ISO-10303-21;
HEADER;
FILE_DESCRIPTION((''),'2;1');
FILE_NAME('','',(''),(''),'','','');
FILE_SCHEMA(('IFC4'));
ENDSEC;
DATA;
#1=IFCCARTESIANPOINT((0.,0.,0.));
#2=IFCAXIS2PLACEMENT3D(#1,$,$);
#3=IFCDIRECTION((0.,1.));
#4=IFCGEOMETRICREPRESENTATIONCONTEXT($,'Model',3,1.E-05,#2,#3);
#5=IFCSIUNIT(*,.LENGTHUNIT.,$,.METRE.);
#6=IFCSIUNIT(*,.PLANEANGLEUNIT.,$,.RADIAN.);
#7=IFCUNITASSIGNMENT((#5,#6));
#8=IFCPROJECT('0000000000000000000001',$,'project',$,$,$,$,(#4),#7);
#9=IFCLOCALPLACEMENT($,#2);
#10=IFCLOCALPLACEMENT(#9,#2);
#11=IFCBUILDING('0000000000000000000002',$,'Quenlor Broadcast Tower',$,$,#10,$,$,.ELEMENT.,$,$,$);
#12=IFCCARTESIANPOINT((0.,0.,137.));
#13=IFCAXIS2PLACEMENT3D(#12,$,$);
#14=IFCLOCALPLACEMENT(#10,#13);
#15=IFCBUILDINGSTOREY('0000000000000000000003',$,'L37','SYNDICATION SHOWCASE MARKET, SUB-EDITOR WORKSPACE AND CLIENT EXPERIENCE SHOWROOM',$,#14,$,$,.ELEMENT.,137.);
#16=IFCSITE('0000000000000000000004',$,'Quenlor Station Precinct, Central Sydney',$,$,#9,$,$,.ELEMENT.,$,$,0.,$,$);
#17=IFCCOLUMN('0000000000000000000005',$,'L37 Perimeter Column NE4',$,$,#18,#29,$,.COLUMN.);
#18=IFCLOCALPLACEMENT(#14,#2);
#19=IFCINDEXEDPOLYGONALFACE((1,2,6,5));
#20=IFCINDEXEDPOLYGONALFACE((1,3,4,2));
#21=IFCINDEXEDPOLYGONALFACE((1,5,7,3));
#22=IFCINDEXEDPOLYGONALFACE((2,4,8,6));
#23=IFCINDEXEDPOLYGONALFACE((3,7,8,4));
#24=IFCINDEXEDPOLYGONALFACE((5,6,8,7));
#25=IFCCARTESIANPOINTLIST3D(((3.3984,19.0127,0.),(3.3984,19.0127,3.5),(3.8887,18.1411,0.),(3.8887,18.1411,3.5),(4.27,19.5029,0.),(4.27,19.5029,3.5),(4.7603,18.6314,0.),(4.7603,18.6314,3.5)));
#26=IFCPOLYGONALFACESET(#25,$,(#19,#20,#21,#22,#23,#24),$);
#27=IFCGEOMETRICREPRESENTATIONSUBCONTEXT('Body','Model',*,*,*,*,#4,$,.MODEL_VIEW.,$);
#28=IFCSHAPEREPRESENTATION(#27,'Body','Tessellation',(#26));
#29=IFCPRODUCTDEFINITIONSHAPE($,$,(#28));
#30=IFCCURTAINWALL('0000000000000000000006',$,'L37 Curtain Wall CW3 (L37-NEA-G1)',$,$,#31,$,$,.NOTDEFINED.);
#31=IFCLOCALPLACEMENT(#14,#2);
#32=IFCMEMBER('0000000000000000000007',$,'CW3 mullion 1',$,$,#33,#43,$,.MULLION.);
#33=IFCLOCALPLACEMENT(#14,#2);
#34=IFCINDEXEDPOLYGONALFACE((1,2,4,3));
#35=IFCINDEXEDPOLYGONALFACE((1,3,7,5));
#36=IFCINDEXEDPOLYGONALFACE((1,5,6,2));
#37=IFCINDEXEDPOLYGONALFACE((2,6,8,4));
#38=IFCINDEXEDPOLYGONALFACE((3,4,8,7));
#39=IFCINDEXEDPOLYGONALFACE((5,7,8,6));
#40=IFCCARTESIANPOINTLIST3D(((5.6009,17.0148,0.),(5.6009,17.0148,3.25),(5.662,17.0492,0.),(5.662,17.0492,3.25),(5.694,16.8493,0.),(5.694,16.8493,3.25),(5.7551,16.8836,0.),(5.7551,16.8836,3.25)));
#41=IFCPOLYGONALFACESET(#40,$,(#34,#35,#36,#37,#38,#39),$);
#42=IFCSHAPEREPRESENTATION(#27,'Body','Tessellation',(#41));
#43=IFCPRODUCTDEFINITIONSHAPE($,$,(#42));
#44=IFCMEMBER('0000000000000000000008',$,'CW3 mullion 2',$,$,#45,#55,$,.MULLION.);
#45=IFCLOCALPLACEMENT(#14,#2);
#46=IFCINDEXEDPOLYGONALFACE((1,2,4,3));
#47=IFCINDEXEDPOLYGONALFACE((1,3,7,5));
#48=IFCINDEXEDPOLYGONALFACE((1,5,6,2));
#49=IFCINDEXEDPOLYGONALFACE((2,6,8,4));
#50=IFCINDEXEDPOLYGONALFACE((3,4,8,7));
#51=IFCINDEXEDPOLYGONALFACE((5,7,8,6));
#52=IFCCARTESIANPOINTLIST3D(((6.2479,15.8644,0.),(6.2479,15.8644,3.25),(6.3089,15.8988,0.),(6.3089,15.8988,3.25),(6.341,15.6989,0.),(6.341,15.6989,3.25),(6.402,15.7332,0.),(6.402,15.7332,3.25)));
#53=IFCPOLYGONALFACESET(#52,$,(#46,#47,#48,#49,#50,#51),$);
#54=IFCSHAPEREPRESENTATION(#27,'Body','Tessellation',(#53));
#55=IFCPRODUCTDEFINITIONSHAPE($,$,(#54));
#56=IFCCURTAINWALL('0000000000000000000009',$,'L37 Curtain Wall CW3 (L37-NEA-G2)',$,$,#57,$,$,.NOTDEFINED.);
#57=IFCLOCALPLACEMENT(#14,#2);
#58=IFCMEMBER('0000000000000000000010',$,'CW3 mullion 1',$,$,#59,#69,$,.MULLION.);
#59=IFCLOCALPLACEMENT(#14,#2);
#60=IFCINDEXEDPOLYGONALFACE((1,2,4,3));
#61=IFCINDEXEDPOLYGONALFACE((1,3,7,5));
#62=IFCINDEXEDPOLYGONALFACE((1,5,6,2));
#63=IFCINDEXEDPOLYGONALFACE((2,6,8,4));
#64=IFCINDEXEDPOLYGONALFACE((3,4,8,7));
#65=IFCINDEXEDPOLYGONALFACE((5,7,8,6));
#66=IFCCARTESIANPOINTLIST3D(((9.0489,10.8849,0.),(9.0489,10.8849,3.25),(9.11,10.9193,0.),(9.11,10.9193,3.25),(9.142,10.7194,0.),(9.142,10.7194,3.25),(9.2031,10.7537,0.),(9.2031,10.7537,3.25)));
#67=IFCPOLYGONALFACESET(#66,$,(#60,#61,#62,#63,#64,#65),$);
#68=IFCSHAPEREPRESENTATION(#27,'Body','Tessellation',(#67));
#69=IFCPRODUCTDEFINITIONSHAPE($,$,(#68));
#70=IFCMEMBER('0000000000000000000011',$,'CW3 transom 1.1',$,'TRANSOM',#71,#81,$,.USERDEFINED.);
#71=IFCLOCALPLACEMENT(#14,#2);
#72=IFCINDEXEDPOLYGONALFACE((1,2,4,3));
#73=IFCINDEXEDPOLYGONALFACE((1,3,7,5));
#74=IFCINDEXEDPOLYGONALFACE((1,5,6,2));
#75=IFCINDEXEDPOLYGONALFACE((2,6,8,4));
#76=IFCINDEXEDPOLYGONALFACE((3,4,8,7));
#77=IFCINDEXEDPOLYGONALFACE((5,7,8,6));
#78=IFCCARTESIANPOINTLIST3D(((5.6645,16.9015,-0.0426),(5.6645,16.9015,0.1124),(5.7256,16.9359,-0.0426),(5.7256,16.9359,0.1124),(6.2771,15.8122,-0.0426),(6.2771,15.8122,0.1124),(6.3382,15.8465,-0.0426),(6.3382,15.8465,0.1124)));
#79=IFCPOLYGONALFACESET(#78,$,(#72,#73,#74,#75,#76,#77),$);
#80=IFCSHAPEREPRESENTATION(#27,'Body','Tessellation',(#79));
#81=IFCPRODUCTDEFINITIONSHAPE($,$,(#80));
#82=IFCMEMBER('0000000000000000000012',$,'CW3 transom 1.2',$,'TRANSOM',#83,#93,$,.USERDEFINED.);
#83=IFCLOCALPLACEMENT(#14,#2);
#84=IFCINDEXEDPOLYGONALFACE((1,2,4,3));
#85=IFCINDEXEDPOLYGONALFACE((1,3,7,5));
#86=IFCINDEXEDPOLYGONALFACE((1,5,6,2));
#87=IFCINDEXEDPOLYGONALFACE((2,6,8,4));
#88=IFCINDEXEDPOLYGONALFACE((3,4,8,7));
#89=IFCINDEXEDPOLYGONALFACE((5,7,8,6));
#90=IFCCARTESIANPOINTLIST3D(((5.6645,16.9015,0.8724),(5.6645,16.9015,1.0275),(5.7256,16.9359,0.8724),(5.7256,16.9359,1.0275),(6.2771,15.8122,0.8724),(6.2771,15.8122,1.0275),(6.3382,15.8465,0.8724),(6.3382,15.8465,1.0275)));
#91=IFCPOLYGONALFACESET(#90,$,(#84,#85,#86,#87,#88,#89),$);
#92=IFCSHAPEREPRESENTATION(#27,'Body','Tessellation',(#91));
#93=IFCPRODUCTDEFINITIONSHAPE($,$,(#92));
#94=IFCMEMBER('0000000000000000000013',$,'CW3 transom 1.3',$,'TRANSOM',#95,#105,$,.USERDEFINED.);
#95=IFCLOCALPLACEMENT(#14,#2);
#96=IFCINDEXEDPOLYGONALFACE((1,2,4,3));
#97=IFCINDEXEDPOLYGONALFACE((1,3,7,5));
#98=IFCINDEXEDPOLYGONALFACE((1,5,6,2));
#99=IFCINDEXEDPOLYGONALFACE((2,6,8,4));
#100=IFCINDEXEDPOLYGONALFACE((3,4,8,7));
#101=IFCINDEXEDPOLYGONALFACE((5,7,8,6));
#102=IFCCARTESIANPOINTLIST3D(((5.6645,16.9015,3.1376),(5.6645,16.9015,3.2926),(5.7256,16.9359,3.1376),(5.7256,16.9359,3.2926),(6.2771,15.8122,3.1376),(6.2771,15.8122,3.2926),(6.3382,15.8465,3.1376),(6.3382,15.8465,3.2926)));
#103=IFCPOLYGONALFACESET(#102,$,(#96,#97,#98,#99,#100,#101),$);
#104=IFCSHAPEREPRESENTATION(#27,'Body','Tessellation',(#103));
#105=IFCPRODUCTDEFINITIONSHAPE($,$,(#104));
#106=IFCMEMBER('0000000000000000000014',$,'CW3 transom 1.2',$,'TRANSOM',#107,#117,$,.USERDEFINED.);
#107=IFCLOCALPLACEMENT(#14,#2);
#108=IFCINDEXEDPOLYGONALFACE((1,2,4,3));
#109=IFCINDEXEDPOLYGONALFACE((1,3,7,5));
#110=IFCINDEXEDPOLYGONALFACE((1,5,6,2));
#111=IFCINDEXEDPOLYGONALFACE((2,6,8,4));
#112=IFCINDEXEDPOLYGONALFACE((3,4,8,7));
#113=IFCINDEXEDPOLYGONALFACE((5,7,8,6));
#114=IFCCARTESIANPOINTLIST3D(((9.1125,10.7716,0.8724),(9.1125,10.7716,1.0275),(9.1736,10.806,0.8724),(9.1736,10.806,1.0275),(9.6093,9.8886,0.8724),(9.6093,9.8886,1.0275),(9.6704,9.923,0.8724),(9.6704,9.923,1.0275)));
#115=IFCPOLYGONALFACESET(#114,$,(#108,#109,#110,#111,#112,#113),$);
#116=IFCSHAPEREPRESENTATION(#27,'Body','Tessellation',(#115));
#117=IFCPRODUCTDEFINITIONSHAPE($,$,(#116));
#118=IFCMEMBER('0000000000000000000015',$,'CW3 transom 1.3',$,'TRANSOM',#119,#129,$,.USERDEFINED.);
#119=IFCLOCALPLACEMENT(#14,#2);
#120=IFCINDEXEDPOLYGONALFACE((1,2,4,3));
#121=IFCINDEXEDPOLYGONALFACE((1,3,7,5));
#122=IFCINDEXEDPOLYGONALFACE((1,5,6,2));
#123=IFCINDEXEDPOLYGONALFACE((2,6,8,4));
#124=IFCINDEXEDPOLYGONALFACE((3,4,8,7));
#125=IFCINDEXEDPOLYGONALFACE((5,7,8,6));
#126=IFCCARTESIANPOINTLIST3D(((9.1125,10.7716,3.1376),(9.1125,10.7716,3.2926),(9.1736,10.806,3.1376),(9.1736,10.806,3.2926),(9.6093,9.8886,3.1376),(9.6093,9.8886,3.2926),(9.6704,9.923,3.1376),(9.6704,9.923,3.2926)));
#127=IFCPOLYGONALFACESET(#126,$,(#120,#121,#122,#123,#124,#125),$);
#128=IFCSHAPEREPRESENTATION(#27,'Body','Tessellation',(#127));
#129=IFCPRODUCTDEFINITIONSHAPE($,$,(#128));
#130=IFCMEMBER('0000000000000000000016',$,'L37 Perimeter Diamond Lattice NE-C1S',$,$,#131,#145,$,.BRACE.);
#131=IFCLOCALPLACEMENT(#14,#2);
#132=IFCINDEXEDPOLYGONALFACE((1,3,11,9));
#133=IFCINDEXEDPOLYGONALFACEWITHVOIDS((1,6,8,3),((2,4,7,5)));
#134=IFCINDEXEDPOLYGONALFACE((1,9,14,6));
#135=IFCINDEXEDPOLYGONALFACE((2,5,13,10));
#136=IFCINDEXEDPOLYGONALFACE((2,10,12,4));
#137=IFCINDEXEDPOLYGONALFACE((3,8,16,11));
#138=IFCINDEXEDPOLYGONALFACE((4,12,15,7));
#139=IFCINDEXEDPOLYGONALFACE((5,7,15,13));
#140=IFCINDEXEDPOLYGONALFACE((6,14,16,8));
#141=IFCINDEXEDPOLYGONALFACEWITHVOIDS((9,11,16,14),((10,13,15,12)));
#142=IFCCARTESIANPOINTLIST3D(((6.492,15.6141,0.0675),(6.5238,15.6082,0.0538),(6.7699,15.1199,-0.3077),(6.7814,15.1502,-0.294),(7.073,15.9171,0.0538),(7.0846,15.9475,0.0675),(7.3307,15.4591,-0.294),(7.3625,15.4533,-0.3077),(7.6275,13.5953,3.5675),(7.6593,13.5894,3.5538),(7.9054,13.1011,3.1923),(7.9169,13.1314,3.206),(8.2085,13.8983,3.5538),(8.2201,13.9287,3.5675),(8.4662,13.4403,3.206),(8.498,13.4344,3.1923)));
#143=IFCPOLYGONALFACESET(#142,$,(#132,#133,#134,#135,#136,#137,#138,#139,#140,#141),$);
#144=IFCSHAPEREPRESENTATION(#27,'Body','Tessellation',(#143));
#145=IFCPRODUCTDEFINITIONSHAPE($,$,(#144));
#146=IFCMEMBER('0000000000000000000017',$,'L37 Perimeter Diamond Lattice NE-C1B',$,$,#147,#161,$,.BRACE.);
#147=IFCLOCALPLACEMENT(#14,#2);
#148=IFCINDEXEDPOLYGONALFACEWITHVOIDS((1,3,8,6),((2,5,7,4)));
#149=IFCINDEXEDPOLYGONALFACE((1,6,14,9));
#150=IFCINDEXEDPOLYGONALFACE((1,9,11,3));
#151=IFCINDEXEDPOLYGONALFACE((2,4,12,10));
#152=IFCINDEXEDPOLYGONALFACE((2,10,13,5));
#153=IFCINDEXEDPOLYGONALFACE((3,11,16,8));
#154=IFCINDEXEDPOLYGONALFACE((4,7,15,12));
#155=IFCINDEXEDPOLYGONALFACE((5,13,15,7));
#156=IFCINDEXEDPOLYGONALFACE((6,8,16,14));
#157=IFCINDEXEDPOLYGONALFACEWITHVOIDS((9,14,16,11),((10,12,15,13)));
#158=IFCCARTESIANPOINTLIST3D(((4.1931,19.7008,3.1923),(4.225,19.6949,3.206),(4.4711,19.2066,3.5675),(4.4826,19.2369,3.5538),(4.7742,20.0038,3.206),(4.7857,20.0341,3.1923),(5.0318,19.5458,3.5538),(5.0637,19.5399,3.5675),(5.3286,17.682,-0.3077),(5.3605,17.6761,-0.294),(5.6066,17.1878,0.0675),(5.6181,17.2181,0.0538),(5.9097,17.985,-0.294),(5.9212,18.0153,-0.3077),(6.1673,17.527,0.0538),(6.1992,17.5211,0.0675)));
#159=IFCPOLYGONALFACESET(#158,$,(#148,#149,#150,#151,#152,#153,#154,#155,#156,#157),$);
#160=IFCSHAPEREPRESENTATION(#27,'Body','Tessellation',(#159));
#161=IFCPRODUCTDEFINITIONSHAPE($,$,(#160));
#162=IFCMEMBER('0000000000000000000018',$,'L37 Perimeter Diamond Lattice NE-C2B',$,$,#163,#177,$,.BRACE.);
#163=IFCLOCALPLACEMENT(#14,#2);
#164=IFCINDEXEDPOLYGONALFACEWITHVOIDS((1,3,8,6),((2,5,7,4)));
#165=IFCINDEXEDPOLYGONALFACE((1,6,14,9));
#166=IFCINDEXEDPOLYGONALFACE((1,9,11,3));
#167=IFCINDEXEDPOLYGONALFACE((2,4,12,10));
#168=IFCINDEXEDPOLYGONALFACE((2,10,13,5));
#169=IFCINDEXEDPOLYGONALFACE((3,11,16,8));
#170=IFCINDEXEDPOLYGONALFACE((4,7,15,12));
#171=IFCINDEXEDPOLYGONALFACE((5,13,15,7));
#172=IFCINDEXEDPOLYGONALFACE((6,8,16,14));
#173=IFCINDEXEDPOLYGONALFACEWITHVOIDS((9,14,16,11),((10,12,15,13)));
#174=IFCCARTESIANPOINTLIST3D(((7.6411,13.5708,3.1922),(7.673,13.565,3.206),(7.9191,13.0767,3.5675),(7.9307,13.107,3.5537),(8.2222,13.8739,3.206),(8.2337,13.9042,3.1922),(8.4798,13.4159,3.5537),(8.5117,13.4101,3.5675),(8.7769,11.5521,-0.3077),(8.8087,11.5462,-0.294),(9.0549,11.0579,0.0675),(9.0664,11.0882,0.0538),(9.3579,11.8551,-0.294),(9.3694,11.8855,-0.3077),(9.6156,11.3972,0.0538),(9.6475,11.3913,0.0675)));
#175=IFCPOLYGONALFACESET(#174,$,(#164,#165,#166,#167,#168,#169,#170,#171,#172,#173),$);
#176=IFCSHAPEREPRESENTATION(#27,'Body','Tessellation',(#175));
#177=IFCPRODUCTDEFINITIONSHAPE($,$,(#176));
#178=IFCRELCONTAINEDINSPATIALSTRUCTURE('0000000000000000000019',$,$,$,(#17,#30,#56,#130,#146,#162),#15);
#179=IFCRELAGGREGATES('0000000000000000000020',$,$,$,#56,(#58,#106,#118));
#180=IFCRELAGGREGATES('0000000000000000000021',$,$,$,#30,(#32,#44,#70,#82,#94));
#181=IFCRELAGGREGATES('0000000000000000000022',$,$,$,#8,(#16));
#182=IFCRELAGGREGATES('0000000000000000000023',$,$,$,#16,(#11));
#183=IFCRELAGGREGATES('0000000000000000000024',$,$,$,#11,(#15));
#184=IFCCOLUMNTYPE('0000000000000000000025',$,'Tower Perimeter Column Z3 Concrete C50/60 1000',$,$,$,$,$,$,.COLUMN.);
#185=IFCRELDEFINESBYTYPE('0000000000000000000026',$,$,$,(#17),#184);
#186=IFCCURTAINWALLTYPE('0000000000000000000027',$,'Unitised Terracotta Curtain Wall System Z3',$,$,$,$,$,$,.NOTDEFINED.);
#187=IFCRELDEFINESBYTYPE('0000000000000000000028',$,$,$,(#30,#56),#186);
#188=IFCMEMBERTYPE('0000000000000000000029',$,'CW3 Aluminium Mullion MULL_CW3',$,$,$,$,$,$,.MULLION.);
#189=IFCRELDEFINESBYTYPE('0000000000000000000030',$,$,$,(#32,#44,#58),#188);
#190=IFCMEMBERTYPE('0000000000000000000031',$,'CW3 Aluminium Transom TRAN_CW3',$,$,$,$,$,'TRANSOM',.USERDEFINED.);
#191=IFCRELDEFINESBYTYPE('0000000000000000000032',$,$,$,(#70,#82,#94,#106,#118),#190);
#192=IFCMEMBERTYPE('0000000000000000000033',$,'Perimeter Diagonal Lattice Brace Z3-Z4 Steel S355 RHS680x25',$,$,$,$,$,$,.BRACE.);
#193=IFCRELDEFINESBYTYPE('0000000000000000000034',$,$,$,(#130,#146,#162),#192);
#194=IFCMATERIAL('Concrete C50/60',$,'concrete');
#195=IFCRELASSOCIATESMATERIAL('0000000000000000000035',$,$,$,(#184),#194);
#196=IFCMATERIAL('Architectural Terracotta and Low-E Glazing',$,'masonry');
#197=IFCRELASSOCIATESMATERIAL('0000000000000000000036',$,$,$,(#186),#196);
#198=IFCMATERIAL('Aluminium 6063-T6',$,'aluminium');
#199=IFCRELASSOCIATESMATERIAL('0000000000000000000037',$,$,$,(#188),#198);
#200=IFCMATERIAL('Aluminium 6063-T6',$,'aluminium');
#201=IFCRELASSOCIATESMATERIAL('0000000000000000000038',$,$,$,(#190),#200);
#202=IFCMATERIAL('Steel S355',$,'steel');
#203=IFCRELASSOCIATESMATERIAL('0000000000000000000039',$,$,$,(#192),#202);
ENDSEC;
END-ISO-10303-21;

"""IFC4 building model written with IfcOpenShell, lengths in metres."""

from ifc_helpers import new_model, si_unit, direction, frame, origin, origin_2d, place, context, subcontext, project, spatial, rectangle, hollow_rectangle, extrude, material, material_profile, profile_set, type_object, element, aggregate, save


model = new_model("IFC4")

# Units and contexts
model_context = context("Model", 3, precision=1e-05, world=origin(), true_north=direction((0.0, 1.0)))
body_context = subcontext(model_context, "Body", "Model", "MODEL_VIEW")
ifc_project = project(units=[si_unit("LENGTHUNIT", "METRE"), si_unit("PLANEANGLEUNIT", "RADIAN")], contexts=[model_context])

# Site, building, storey
site_placement = place(None, origin())
site = spatial("IfcSite", under=ifc_project, at=site_placement, Name="Quenlor Station Precinct, Central Sydney", CompositionType="ELEMENT", RefElevation=0.0)
building_placement = place(site_placement, origin())
building = spatial("IfcBuilding", under=site, at=building_placement, Name="Quenlor Broadcast Tower", CompositionType="ELEMENT")
storey_placement = place(building_placement, frame((0.0, 0.0, 137.0)))
storey = spatial("IfcBuildingStorey", under=building, at=storey_placement, Name="L37", Description="SYNDICATION SHOWCASE MARKET, SUB-EDITOR WORKSPACE AND CLIENT EXPERIENCE SHOWROOM", CompositionType="ELEMENT", Elevation=137.0)

# Column
ifc_material_1 = material(Name="Concrete C50/60", Category="concrete")
ifc_material_profile_1 = material_profile(ifc_material_1, rectangle(XDim=1.0, YDim=1.0, at=origin_2d()))
ifc_profile_set_1 = profile_set([ifc_material_profile_1], Name="Concrete C50/60 RC1000x1000")
column_type = type_object("IfcColumnType", Name="Tower Perimeter Column Z3 Concrete C50/60 1000", PredefinedType="COLUMN", material=ifc_profile_set_1)
column_placement = place(storey_placement, frame((4.0793, 18.822, 0.0), z_axis=(0.0, 0.0, 1.0), x_axis=(0.871575, 0.490262, 0.0)))
element("IfcColumn", 1, at=column_placement, inside=storey, type_object=column_type, Name="L37 Perimeter Column NE4", PredefinedType="COLUMN", context=body_context, shape_type="SweptSolid", body=[
    extrude(rectangle(XDim=1.0, YDim=1.0, at=origin_2d()), origin(), (0.0, 0.0, 1.0), 3.5),
])

# Curtain wall, members
ifc_material_2 = material(Name="Architectural Terracotta and Low-E Glazing", Category="masonry")
curtain_wall_type = type_object("IfcCurtainWallType", Name="Unitised Terracotta Curtain Wall System Z3", PredefinedType="NOTDEFINED", material=ifc_material_2)
curtain_wall_1_placement = place(storey_placement, origin())
curtain_wall_1 = element("IfcCurtainWall", 2, at=curtain_wall_1_placement, inside=storey, type_object=curtain_wall_type, Name="L37 Curtain Wall CW3 (L37-NEA-G1)", PredefinedType="NOTDEFINED")
ifc_material_3 = material(Name="Aluminium 6063-T6", Category="aluminium")
ifc_material_profile_2 = material_profile(ifc_material_3, rectangle(XDim=0.0701, YDim=0.1899, at=origin_2d()))
ifc_profile_set_2 = profile_set([ifc_material_profile_2], Name="Aluminium 6063-T6 MULL70x190")
member_type_1 = type_object("IfcMemberType", Name="CW3 Aluminium Mullion MULL_CW3", PredefinedType="MULLION", material=ifc_profile_set_2)
member_1_placement = place(storey_placement, frame((5.678, 16.9492, 0.0), z_axis=(0.0, 0.0, 1.0), x_axis=(0.871593, 0.49023, 0.0)))
member_1 = element("IfcMember", 3, at=member_1_placement, type_object=member_type_1, Name="CW3 mullion 1", PredefinedType="MULLION", context=body_context, shape_type="SweptSolid", body=[
    extrude(rectangle(XDim=0.0701, YDim=0.1899, at=origin_2d()), origin(), (0.0, 0.0, 1.0), 3.25),
])
member_2_placement = place(storey_placement, frame((6.325, 15.7988, 0.0), z_axis=(0.0, 0.0, 1.0), x_axis=(0.871593, 0.49023, 0.0)))
member_2 = element("IfcMember", 4, at=member_2_placement, type_object=member_type_1, Name="CW3 mullion 2", PredefinedType="MULLION", context=body_context, shape_type="SweptSolid", body=[
    extrude(rectangle(XDim=0.0701, YDim=0.1899, at=origin_2d()), origin(), (0.0, 0.0, 1.0), 3.25),
])

# Curtain wall, member
curtain_wall_2_placement = place(storey_placement, origin())
curtain_wall_2 = element("IfcCurtainWall", 5, at=curtain_wall_2_placement, inside=storey, type_object=curtain_wall_type, Name="L37 Curtain Wall CW3 (L37-NEA-G2)", PredefinedType="NOTDEFINED")
member_3_placement = place(storey_placement, frame((9.126, 10.8193, 0.0), z_axis=(0.0, 0.0, 1.0), x_axis=(0.871601, 0.490216, 0.0)))
member_3 = element("IfcMember", 6, at=member_3_placement, type_object=member_type_1, Name="CW3 mullion 1", PredefinedType="MULLION", context=body_context, shape_type="SweptSolid", body=[
    extrude(rectangle(XDim=0.0701, YDim=0.1899, at=origin_2d()), origin(), (0.0, 0.0, 1.0), 3.25),
])

# Members
ifc_material_4 = material(Name="Aluminium 6063-T6", Category="aluminium")
ifc_material_profile_3 = material_profile(ifc_material_4, rectangle(XDim=0.0701, YDim=0.155, at=origin_2d()))
ifc_profile_set_3 = profile_set([ifc_material_profile_3], Name="Aluminium 6063-T6 TRAN70x155")
member_type_2 = type_object("IfcMemberType", Name="CW3 Aluminium Transom TRAN_CW3", ElementType="TRANSOM", PredefinedType="USERDEFINED", material=ifc_profile_set_3)
member_4_placement = place(storey_placement, frame((5.6951, 16.9187, 0.0349), z_axis=(0.490131, -0.871649, 0.0), x_axis=(0.871649, 0.490131, 0.0)))
member_4 = element("IfcMember", 7, at=member_4_placement, type_object=member_type_2, Name="CW3 transom 1.1", ObjectType="TRANSOM", PredefinedType="USERDEFINED", context=body_context, shape_type="SweptSolid", body=[
    extrude(rectangle(XDim=0.0701, YDim=0.155, at=origin_2d()), origin(), (0.0, 0.0, 1.0), 1.2498),
])
member_5_placement = place(storey_placement, frame((5.6951, 16.9187, 0.95), z_axis=(0.490131, -0.871649, 0.0), x_axis=(0.871649, 0.490131, 0.0)))
member_5 = element("IfcMember", 8, at=member_5_placement, type_object=member_type_2, Name="CW3 transom 1.2", ObjectType="TRANSOM", PredefinedType="USERDEFINED", context=body_context, shape_type="SweptSolid", body=[
    extrude(rectangle(XDim=0.0701, YDim=0.155, at=origin_2d()), origin(), (0.0, 0.0, 1.0), 1.2498),
])
member_6_placement = place(storey_placement, frame((5.6951, 16.9187, 3.2151), z_axis=(0.490131, -0.871649, 0.0), x_axis=(0.871649, 0.490131, 0.0)))
member_6 = element("IfcMember", 9, at=member_6_placement, type_object=member_type_2, Name="CW3 transom 1.3", ObjectType="TRANSOM", PredefinedType="USERDEFINED", context=body_context, shape_type="SweptSolid", body=[
    extrude(rectangle(XDim=0.0701, YDim=0.155, at=origin_2d()), origin(), (0.0, 0.0, 1.0), 1.2498),
])
member_7_placement = place(storey_placement, frame((9.1431, 10.7888, 0.95), z_axis=(0.490341, -0.87153, 0.0), x_axis=(0.87153, 0.490341, 0.0)))
member_7 = element("IfcMember", 10, at=member_7_placement, type_object=member_type_2, Name="CW3 transom 1.2", ObjectType="TRANSOM", PredefinedType="USERDEFINED", context=body_context, shape_type="SweptSolid", body=[
    extrude(rectangle(XDim=0.0701, YDim=0.155, at=origin_2d()), origin(), (0.0, 0.0, 1.0), 1.0132),
])
member_8_placement = place(storey_placement, frame((9.1431, 10.7888, 3.2151), z_axis=(0.490341, -0.87153, 0.0), x_axis=(0.87153, 0.490341, 0.0)))
member_8 = element("IfcMember", 11, at=member_8_placement, type_object=member_type_2, Name="CW3 transom 1.3", ObjectType="TRANSOM", PredefinedType="USERDEFINED", context=body_context, shape_type="SweptSolid", body=[
    extrude(rectangle(XDim=0.0701, YDim=0.155, at=origin_2d()), origin(), (0.0, 0.0, 1.0), 1.0132),
])
aggregate(curtain_wall_2, [member_3, member_7, member_8])

# Members
ifc_material_5 = material(Name="Steel S355", Category="steel")
ifc_material_profile_4 = material_profile(ifc_material_5, hollow_rectangle(XDim=0.6799, YDim=0.6799, WallThickness=0.0249, at=origin_2d()))
ifc_profile_set_4 = profile_set([ifc_material_profile_4], Name="Steel S355 RHS680x680x25")
member_type_3 = type_object("IfcMemberType", Name="Perimeter Diagonal Lattice Brace Z3-Z4 Steel S355 RHS680x25", PredefinedType="BRACE", material=ifc_profile_set_4)
for number, where, z_axis, x_axis, name in (
    (12, (6.9272, 15.5337, -0.1201), (0.270549, -0.481009, 0.833927), (0.87159, 0.490236, 0.0), "L37 Perimeter Diamond Lattice NE-C1S"),
    (13, (5.7639, 17.6016, -0.1201), (-0.270549, 0.481009, 0.833927), (-0.87159, -0.490236, 0.0), "L37 Perimeter Diamond Lattice NE-C1B"),
    (14, (9.2122, 11.4717, -0.1201), (-0.270603, 0.481001, 0.833914), (-0.871545, -0.490316, 0.0), "L37 Perimeter Diamond Lattice NE-C2B"),
):
    element("IfcMember", number, at=place(storey_placement, frame(where, z_axis=z_axis, x_axis=x_axis)), inside=storey, type_object=member_type_3, Name=name, PredefinedType="BRACE", context=body_context, shape_type="SweptSolid", body=[
        extrude(hollow_rectangle(XDim=0.6799, YDim=0.6799, WallThickness=0.0249, at=origin_2d()), origin(), (0.0, 0.0, 1.0), 4.197),
    ])

aggregate(curtain_wall_1, [member_1, member_2, member_4, member_5, member_6])

save(model, "model.ifc")
